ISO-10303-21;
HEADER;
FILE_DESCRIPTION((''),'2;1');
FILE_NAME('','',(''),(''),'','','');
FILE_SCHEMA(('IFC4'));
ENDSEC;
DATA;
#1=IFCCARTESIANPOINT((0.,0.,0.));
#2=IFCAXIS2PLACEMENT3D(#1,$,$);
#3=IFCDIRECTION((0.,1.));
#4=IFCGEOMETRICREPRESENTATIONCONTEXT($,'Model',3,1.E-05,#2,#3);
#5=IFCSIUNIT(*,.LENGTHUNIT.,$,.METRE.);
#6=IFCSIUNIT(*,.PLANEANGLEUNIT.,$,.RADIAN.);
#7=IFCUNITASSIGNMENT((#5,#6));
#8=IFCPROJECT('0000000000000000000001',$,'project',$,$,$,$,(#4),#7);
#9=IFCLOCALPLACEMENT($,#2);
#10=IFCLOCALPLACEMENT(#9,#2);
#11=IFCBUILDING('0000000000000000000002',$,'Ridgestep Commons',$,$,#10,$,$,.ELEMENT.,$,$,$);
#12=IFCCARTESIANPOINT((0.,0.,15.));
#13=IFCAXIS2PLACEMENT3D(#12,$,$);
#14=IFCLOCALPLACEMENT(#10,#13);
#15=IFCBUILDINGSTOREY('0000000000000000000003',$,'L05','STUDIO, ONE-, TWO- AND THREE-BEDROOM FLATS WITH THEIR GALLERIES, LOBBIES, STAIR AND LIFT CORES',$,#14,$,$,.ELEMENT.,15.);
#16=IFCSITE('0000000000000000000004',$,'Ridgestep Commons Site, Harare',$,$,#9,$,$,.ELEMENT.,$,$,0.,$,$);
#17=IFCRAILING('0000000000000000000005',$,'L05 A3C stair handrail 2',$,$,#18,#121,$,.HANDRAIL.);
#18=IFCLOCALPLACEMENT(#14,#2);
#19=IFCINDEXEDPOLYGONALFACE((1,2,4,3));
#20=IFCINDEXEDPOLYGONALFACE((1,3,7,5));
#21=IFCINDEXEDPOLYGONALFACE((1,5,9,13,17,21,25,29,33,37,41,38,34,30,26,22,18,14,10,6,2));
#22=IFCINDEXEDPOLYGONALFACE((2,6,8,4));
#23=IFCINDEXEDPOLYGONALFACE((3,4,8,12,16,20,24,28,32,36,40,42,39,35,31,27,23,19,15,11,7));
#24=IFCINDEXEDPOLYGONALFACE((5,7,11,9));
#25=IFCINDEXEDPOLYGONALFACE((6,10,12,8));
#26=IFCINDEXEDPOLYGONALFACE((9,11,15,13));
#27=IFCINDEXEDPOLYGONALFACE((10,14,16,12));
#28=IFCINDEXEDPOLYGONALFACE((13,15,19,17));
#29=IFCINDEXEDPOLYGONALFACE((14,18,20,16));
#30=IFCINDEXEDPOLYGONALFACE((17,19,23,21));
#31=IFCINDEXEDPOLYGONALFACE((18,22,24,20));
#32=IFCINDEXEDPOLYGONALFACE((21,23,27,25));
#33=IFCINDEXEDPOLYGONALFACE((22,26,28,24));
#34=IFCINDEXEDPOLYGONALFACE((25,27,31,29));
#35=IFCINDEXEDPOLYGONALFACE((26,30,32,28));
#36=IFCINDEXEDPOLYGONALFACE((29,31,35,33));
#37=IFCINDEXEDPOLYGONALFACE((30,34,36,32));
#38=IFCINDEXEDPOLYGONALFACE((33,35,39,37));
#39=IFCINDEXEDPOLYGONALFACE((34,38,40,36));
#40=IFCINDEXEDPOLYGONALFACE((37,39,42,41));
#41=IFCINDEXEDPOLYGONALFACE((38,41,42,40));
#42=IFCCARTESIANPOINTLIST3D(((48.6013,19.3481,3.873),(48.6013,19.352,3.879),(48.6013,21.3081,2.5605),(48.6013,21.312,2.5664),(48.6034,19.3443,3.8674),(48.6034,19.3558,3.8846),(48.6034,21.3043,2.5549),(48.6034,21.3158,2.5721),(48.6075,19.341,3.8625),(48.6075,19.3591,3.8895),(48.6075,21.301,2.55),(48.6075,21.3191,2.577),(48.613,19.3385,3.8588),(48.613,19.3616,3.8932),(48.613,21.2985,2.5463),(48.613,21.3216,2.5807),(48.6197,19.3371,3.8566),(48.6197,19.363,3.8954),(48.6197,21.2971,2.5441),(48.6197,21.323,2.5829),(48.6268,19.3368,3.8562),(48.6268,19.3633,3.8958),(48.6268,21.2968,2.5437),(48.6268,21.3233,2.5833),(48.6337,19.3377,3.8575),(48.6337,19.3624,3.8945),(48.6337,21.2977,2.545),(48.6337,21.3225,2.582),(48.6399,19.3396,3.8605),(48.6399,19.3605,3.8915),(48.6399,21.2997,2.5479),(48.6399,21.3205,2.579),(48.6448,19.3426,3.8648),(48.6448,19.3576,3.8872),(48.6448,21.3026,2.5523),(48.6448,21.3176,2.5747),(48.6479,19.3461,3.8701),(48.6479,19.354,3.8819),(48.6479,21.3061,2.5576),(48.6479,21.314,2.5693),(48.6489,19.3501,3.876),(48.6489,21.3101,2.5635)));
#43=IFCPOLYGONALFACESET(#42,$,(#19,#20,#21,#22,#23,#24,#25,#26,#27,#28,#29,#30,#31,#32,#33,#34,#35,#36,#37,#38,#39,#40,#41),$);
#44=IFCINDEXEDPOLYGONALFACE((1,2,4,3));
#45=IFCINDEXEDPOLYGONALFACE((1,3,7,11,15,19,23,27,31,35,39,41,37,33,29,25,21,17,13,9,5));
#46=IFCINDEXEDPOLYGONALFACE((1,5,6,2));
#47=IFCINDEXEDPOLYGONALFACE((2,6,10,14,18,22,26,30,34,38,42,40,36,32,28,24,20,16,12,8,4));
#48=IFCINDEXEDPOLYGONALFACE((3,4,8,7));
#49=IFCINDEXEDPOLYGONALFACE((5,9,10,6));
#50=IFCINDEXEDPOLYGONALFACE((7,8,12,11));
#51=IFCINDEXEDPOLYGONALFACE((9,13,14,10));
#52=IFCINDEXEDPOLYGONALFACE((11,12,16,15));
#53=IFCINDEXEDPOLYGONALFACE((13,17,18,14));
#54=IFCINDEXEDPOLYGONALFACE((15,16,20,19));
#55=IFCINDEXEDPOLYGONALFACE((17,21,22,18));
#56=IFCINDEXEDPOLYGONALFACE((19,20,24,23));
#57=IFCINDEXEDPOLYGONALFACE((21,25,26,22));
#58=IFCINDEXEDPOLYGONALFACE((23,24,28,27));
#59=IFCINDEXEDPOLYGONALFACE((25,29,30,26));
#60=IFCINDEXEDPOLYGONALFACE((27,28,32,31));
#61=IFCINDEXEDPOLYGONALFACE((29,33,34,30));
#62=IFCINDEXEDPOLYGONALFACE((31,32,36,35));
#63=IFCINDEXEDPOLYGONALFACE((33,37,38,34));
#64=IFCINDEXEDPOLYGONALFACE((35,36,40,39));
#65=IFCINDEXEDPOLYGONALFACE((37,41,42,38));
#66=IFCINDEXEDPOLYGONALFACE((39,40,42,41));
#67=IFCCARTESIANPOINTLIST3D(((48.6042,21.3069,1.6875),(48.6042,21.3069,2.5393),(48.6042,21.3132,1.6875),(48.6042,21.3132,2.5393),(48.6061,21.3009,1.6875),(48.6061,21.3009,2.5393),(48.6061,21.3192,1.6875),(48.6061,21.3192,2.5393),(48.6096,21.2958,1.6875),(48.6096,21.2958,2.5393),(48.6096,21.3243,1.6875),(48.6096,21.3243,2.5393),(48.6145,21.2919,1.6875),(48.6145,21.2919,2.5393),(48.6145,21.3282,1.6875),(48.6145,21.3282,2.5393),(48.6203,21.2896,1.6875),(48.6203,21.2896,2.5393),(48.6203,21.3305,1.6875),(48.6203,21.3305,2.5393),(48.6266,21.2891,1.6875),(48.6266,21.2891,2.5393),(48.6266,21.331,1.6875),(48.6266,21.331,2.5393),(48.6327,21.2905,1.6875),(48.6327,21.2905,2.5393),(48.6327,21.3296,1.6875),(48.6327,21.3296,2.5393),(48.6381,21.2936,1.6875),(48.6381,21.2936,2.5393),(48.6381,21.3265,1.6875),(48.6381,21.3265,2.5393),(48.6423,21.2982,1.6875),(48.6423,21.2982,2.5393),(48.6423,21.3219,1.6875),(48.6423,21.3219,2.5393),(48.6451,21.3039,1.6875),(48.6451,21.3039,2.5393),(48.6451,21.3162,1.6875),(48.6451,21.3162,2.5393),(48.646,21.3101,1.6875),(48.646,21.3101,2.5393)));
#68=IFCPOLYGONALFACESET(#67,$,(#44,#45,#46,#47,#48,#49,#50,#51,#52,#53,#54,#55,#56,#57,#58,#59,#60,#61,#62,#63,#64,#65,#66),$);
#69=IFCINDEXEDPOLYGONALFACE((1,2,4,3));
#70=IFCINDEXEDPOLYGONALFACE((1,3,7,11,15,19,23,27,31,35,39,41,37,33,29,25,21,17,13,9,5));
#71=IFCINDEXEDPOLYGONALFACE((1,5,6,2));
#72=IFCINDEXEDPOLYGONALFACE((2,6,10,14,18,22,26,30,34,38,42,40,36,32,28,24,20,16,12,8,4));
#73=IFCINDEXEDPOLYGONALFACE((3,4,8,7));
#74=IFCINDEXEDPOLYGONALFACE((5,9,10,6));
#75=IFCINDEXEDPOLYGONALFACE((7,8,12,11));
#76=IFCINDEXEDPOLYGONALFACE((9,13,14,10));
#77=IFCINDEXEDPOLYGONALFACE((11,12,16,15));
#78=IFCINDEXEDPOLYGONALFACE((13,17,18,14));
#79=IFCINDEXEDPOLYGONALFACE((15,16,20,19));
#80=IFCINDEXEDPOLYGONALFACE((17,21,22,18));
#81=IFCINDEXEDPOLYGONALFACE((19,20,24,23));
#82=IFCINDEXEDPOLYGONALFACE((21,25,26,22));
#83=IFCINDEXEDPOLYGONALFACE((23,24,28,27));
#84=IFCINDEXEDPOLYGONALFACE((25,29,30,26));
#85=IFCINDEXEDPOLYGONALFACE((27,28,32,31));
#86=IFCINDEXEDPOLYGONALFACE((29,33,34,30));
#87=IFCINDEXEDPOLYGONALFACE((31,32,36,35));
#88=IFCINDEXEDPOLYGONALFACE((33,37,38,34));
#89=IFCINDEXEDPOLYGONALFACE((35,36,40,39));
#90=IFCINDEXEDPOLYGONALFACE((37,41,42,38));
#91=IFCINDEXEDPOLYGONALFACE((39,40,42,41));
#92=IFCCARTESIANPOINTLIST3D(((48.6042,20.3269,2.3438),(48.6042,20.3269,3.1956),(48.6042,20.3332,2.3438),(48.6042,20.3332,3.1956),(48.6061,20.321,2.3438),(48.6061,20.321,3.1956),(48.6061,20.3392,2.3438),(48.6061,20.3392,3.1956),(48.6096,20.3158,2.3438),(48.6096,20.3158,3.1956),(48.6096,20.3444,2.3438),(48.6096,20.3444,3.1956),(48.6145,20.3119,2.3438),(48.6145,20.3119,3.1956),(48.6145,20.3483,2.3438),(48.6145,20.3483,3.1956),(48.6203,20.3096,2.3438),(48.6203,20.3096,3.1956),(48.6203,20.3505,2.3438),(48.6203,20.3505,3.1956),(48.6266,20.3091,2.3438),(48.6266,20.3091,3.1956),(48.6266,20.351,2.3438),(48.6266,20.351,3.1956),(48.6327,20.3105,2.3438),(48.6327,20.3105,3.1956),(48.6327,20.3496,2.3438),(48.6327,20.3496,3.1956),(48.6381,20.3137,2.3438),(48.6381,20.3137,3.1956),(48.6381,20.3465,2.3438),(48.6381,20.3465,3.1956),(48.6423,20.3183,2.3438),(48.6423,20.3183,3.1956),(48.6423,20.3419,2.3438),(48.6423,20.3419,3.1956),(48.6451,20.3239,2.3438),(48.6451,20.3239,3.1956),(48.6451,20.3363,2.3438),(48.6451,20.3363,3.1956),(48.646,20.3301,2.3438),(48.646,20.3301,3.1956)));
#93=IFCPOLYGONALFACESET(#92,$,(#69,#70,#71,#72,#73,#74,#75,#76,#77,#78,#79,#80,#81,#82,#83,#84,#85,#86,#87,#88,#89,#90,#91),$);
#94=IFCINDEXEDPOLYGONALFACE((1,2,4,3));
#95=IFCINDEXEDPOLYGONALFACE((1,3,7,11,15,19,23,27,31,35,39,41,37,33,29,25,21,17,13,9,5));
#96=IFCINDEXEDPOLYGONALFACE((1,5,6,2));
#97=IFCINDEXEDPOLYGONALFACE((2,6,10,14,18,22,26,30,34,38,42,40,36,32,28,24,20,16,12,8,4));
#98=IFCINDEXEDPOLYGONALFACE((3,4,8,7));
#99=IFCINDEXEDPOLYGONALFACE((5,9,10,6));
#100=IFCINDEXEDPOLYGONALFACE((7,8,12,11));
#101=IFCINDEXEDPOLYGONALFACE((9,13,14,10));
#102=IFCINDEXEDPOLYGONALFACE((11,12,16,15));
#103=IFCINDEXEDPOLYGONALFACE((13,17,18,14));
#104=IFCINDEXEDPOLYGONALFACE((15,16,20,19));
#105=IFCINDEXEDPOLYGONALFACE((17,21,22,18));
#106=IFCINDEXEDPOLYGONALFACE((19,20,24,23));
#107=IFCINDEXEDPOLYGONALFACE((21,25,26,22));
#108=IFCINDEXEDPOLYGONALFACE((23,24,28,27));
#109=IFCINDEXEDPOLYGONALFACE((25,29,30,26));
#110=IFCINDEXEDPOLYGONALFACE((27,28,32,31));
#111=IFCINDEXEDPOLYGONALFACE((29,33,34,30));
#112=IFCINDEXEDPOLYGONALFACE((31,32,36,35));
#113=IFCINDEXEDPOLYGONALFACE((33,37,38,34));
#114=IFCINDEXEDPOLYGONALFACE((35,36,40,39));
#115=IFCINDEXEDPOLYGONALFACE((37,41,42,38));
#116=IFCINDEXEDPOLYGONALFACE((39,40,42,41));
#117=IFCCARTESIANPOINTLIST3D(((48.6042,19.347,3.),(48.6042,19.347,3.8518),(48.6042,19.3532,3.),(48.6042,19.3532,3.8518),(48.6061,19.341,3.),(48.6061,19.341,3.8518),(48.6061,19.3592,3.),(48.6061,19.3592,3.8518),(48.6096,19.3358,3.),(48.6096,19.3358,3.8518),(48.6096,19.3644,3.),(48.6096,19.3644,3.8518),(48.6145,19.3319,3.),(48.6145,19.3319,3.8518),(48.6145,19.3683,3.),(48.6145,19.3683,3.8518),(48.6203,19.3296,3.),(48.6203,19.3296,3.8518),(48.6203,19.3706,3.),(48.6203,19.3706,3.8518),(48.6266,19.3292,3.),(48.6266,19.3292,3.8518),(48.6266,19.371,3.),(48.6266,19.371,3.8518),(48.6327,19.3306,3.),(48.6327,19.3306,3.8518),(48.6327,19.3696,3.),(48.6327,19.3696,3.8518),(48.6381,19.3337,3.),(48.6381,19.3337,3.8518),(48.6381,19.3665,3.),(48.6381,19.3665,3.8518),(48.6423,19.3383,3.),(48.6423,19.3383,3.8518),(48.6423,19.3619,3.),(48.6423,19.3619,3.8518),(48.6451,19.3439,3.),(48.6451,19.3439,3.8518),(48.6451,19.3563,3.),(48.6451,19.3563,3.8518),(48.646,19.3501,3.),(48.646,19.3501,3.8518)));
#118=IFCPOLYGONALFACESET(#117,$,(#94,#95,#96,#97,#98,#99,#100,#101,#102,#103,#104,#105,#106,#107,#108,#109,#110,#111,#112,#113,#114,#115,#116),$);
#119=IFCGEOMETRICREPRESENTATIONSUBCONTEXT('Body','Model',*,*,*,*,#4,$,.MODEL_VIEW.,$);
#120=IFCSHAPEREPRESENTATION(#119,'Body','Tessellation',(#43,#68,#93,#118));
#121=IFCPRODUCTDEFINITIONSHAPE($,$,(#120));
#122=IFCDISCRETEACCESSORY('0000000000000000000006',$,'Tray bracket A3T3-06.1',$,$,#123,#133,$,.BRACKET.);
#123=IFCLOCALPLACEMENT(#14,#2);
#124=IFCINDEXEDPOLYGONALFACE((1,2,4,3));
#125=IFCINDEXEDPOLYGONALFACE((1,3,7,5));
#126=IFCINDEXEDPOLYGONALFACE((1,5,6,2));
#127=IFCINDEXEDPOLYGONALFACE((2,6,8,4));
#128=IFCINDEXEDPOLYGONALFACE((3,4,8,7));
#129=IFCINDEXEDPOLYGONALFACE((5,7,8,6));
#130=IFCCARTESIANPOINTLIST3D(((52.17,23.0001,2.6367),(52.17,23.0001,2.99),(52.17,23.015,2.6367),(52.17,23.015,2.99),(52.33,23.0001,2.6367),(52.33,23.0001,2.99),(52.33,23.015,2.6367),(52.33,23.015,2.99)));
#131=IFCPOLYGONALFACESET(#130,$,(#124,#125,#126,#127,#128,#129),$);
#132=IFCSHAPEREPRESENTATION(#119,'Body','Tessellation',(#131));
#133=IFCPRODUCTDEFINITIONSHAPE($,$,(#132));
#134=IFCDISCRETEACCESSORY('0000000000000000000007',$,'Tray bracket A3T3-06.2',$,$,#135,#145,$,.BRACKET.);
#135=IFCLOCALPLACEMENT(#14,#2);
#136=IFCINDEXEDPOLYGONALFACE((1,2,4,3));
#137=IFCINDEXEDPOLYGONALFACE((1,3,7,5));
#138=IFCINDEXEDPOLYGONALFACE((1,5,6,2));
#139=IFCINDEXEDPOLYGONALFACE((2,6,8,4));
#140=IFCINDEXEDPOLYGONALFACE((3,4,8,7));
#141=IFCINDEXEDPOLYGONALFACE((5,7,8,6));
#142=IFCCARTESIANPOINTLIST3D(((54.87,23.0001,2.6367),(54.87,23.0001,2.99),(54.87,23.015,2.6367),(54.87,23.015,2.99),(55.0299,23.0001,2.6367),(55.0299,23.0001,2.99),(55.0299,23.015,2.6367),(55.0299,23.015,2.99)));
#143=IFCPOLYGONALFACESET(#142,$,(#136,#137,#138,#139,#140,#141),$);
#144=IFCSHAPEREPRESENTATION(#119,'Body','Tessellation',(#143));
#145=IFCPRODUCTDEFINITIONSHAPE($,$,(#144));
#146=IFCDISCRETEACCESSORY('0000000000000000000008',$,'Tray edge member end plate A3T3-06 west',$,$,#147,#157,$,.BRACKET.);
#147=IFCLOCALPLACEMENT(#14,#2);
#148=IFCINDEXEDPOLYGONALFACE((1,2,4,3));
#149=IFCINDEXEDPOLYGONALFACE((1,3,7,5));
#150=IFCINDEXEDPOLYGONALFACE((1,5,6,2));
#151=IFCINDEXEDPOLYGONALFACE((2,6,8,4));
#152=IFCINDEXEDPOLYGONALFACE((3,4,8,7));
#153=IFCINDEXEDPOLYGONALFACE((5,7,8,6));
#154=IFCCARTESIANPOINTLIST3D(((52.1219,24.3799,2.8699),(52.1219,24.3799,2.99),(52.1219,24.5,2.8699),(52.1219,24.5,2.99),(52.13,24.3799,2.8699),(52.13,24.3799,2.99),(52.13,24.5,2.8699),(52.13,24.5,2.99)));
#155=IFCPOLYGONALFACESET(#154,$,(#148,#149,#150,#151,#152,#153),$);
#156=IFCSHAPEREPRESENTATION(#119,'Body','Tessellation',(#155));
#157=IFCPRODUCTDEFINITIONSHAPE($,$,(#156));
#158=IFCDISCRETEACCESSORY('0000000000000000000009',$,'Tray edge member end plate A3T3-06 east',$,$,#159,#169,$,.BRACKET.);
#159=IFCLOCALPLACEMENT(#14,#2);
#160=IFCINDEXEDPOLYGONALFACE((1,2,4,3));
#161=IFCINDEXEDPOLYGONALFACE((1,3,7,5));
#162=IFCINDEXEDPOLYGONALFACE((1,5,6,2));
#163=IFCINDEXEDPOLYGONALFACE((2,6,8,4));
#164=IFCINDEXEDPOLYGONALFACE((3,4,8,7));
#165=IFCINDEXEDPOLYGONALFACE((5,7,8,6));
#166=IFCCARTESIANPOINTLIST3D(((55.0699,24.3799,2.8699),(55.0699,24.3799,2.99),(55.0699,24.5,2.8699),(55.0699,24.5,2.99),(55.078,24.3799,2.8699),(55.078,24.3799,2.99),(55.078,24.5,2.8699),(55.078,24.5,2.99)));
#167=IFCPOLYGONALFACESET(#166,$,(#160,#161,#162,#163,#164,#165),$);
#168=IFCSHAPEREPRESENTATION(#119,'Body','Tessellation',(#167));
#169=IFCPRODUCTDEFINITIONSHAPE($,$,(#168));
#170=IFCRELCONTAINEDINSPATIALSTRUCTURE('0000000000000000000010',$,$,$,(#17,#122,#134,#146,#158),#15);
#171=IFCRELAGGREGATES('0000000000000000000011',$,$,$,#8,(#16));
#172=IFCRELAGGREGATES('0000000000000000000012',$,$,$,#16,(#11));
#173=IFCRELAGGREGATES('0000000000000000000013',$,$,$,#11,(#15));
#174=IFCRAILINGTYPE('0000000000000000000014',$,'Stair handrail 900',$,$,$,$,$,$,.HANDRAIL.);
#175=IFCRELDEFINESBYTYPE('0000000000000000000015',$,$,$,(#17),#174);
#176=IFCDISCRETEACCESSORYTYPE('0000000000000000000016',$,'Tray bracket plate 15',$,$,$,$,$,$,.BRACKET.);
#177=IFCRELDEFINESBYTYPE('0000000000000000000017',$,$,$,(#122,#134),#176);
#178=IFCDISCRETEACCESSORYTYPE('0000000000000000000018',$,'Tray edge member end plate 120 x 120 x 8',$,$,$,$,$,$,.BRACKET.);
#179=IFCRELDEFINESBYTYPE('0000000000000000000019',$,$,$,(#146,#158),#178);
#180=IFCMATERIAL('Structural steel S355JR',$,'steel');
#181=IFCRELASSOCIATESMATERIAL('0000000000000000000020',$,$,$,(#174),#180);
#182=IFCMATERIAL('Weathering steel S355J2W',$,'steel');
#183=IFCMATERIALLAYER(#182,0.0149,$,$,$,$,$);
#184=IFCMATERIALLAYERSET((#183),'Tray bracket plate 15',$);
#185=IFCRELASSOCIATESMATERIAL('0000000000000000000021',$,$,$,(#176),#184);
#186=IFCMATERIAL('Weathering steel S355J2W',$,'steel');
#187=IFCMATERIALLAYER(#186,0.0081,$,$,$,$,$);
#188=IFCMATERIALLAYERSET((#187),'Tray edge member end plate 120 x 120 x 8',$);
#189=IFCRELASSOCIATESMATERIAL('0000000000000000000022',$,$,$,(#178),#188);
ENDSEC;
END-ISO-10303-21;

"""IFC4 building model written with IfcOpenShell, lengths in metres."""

from ifc_helpers import new_model, si_unit, direction, frame, origin, origin_2d, place, context, subcontext, project, spatial, rectangle, circle, extrude, material, layer, layer_set, type_object, element, save


model = new_model("IFC4")

# Units and contexts
model_context = context("Model", 3, precision=1e-05, world=origin(), true_north=direction((0.0, 1.0)))
body_context = subcontext(model_context, "Body", "Model", "MODEL_VIEW")
ifc_project = project(units=[si_unit("LENGTHUNIT", "METRE"), si_unit("PLANEANGLEUNIT", "RADIAN")], contexts=[model_context])

# Site, building, storey
site_placement = place(None, origin())
site = spatial("IfcSite", under=ifc_project, at=site_placement, Name="Ridgestep Commons Site, Harare", CompositionType="ELEMENT", RefElevation=0.0)
building_placement = place(site_placement, origin())
building = spatial("IfcBuilding", under=site, at=building_placement, Name="Ridgestep Commons", CompositionType="ELEMENT")
storey_placement = place(building_placement, frame((0.0, 0.0, 15.0)))
storey = spatial("IfcBuildingStorey", under=building, at=storey_placement, Name="L05", Description="STUDIO, ONE-, TWO- AND THREE-BEDROOM FLATS WITH THEIR GALLERIES, LOBBIES, STAIR AND LIFT CORES", CompositionType="ELEMENT", Elevation=15.0)

# Railing
ifc_material_1 = material(Name="Structural steel S355JR", Category="steel")
railing_type_1 = type_object("IfcRailingType", Name="Stair handrail 900", PredefinedType="HANDRAIL", material=ifc_material_1)
railing_1_placement = place(storey_placement, frame((48.625, 21.3101, 1.6875)))
element("IfcRailing", 1, at=railing_1_placement, inside=storey, type_object=railing_type_1, Name="L05 A3C stair handrail 2", PredefinedType="HANDRAIL", context=body_context, shape_type="SweptSolid", body=[
    extrude(circle(Radius=0.0239, at=origin_2d()), frame((0.0, 0.0, 0.876), z_axis=(0.0, -0.830902, 0.556419), x_axis=(1.0, 0.0, 0.0)), (0.0, 0.0, 1.0), 2.3589),
    extrude(circle(Radius=0.021, at=origin_2d()), origin(), (0.0, 0.0, 1.0), 0.8518),
    extrude(circle(Radius=0.021, at=origin_2d()), frame((0.0, -0.98, 0.6562)), (0.0, 0.0, 1.0), 0.8518),
    extrude(circle(Radius=0.021, at=origin_2d()), frame((0.0, -1.96, 1.3125)), (0.0, 0.0, 1.0), 0.8518),
])

# Discrete accessories
ifc_material_2 = material(Name="Weathering steel S355J2W", Category="steel")
ifc_layer_1 = layer(ifc_material_2, 0.0149)
ifc_layer_set_1 = layer_set([ifc_layer_1], Name="Tray bracket plate 15")
discrete_accessory_type_1 = type_object("IfcDiscreteAccessoryType", Name="Tray bracket plate 15", PredefinedType="BRACKET", material=ifc_layer_set_1)
for number, where, z_axis, x_axis, name in (
    (2, (52.25, 23.0076, 2.6367), (0.0, 0.0, 1.0), (1.0, 0.0, 0.0), "Tray bracket A3T3-06.1"),
    (3, (54.95, 23.0076, 2.6367), (0.0, 0.0, 1.0), (1.0, 0.0, 0.0), "Tray bracket A3T3-06.2"),
):
    element("IfcDiscreteAccessory", number, at=place(storey_placement, frame(where, z_axis=z_axis, x_axis=x_axis)), inside=storey, type_object=discrete_accessory_type_1, Name=name, PredefinedType="BRACKET", context=body_context, shape_type="SweptSolid", body=[
        extrude(rectangle(XDim=0.1599, YDim=0.0149, at=origin_2d()), origin(), (0.0, 0.0, 1.0), 0.3533),
    ])
ifc_material_3 = material(Name="Weathering steel S355J2W", Category="steel")
ifc_layer_2 = layer(ifc_material_3, 0.0081)
ifc_layer_set_2 = layer_set([ifc_layer_2], Name="Tray edge member end plate 120 x 120 x 8")
discrete_accessory_type_2 = type_object("IfcDiscreteAccessoryType", Name="Tray edge member end plate 120 x 120 x 8", PredefinedType="BRACKET", material=ifc_layer_set_2)
for number, where, z_axis, x_axis, name in (
    (4, (52.126, 24.4399, 2.8699), (0.0, 0.0, 1.0), (1.0, 0.0, 0.0), "Tray edge member end plate A3T3-06 west"),
    (5, (55.074, 24.4399, 2.8699), (0.0, 0.0, 1.0), (1.0, 0.0, 0.0), "Tray edge member end plate A3T3-06 east"),
):
    element("IfcDiscreteAccessory", number, at=place(storey_placement, frame(where, z_axis=z_axis, x_axis=x_axis)), inside=storey, type_object=discrete_accessory_type_2, Name=name, PredefinedType="BRACKET", context=body_context, shape_type="SweptSolid", body=[
        extrude(rectangle(XDim=0.0081, YDim=0.1201, at=origin_2d()), origin(), (0.0, 0.0, 1.0), 0.1201),
    ])

save(model, "model.ifc")
